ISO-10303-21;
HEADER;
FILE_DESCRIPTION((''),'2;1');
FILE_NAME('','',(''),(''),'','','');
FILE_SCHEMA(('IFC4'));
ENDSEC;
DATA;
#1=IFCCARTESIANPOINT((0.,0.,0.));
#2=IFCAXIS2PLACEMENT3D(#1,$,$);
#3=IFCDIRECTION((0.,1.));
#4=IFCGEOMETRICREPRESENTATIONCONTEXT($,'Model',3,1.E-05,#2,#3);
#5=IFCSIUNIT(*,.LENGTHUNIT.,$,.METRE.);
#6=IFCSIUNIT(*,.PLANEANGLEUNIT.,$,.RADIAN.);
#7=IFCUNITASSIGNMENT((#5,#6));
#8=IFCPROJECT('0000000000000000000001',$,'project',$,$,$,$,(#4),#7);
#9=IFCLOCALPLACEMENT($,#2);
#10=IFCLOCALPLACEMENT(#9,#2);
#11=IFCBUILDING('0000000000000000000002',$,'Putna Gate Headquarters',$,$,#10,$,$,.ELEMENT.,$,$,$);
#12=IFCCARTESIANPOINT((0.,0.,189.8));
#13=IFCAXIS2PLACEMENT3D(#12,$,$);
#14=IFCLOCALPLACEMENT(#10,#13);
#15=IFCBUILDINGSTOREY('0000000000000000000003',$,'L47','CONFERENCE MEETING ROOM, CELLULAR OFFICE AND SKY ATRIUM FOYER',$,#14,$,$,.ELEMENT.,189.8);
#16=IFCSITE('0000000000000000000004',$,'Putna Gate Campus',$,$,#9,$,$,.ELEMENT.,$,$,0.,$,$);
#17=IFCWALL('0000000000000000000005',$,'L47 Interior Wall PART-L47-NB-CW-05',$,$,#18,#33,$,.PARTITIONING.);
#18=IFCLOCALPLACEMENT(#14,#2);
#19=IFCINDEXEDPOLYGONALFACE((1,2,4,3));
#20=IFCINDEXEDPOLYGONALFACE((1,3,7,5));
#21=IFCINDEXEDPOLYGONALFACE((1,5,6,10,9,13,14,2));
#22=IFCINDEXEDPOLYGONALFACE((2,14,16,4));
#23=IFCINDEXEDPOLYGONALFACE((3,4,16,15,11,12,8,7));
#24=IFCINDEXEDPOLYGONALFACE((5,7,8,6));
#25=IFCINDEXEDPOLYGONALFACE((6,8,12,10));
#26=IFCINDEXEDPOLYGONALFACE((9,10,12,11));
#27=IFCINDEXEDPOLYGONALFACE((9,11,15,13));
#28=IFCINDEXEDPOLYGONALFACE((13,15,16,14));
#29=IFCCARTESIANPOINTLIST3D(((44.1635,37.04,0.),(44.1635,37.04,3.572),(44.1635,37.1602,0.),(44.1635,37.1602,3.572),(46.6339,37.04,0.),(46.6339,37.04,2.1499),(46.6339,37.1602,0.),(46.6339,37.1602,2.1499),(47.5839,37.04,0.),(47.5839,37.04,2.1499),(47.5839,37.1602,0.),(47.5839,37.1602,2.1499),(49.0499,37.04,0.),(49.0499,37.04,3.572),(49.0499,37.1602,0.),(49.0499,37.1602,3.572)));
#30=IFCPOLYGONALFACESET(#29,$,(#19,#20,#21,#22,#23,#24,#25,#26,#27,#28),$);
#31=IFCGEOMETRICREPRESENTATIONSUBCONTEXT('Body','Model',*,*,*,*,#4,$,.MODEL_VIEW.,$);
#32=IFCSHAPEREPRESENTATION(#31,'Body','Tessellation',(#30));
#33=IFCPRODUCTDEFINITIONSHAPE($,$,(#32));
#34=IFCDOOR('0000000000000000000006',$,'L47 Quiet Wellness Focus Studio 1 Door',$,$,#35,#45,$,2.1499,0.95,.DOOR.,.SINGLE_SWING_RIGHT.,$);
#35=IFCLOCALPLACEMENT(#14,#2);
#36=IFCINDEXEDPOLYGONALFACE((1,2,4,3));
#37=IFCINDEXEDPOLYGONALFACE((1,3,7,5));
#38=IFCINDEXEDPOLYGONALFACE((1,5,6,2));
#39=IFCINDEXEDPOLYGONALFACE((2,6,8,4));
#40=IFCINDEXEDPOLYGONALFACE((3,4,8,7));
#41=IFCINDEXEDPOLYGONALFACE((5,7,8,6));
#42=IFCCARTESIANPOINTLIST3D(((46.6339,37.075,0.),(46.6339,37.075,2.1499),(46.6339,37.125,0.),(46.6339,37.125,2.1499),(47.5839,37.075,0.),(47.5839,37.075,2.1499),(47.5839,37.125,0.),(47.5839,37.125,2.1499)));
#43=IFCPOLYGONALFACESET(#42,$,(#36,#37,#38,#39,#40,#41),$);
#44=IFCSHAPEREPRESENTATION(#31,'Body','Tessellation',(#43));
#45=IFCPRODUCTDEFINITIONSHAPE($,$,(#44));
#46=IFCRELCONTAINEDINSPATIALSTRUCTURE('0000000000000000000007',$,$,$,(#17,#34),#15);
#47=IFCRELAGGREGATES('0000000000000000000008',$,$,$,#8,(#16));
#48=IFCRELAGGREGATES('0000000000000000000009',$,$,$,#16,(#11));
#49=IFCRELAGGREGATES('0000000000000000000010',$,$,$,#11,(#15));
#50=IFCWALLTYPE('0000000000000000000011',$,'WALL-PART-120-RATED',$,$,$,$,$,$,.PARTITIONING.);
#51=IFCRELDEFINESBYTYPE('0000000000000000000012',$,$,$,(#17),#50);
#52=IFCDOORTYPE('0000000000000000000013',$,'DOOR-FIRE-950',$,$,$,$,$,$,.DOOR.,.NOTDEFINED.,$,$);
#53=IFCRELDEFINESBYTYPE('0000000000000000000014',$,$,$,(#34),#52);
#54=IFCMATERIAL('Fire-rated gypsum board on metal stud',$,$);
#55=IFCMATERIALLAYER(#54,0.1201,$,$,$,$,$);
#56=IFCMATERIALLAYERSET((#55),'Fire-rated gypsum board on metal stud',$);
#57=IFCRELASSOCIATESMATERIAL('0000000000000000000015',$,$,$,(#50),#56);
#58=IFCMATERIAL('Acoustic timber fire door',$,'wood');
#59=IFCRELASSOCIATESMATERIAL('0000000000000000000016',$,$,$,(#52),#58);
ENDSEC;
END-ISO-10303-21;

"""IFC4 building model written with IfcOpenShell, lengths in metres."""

from ifc_helpers import new_model, si_unit, direction, frame, frame_2d, origin, place, context, subcontext, project, spatial, rectangle, extrude, material, layer, layer_set, type_object, element, fill, save


model = new_model("IFC4")

# Units and contexts
model_context = context("Model", 3, precision=1e-05, world=origin(), true_north=direction((0.0, 1.0)))
body_context = subcontext(model_context, "Body", "Model", "MODEL_VIEW")
ifc_project = project(units=[si_unit("LENGTHUNIT", "METRE"), si_unit("PLANEANGLEUNIT", "RADIAN")], contexts=[model_context])

# Site, building, storey
site_placement = place(None, origin())
site = spatial("IfcSite", under=ifc_project, at=site_placement, Name="Putna Gate Campus", CompositionType="ELEMENT", RefElevation=0.0)
building_placement = place(site_placement, origin())
building = spatial("IfcBuilding", under=site, at=building_placement, Name="Putna Gate Headquarters", CompositionType="ELEMENT")
storey_placement = place(building_placement, frame((0.0, 0.0, 189.8)))
storey = spatial("IfcBuildingStorey", under=building, at=storey_placement, Name="L47", Description="CONFERENCE MEETING ROOM, CELLULAR OFFICE AND SKY ATRIUM FOYER", CompositionType="ELEMENT", Elevation=189.8)

# Wall, opening, door
ifc_material_1 = material(Name="Fire-rated gypsum board on metal stud")
ifc_layer_1 = layer(ifc_material_1, 0.1201)
ifc_layer_set_1 = layer_set([ifc_layer_1], Name="Fire-rated gypsum board on metal stud")
wall_type_1 = type_object("IfcWallType", Name="WALL-PART-120-RATED", PredefinedType="PARTITIONING", material=ifc_layer_set_1)
ifc_material_2 = material(Name="Acoustic timber fire door", Category="wood")
door_type = type_object("IfcDoorType", Name="DOOR-FIRE-950", OperationType="NOTDEFINED", PredefinedType="DOOR", material=ifc_material_2)
wall_1_placement = place(storey_placement, frame((44.1633, 37.1001, 0.0), z_axis=(0.0, 0.0, 1.0), x_axis=(1.0, 0.0, 0.0)))
wall_1 = element("IfcWall", 1, at=wall_1_placement, inside=storey, type_object=wall_type_1, Name="L47 Interior Wall PART-L47-NB-CW-05", PredefinedType="PARTITIONING", context=body_context, shape_type="SweptSolid", body=[
    extrude(rectangle(XDim=4.8865, YDim=0.1201, at=frame_2d((2.4434, 0.0))), origin(), (0.0, 0.0, 1.0), 3.572),
])
opening_1_placement = place(wall_1_placement, frame((2.4705, 0.0, 0.0)))
opening_1 = element("IfcOpeningElement", 2, at=opening_1_placement, cuts=wall_1, PredefinedType="OPENING", context=body_context, shape_type="SweptSolid", body=[
    extrude(rectangle(XDim=0.95, YDim=2.1499, at=frame_2d((0.4751, 1.075))), frame((0.0, 0.0701, 0.0), z_axis=(0.0, -1.0, 0.0), x_axis=(1.0, 0.0, 0.0)), (0.0, 0.0, 1.0), 0.1401),
])
door_1_placement = place(opening_1_placement, origin())
door_1 = element("IfcDoor", 3, at=door_1_placement, inside=storey, type_object=door_type, Name="L47 Quiet Wellness Focus Studio 1 Door", OperationType="SINGLE_SWING_RIGHT", OverallHeight=2.1499, OverallWidth=0.95, PredefinedType="DOOR", context=body_context, shape_type="SweptSolid", body=[
    extrude(rectangle(XDim=0.95, YDim=2.1499, at=frame_2d((0.4751, 1.075))), frame((0.0, 0.0249, 0.0), z_axis=(0.0, -1.0, 0.0), x_axis=(1.0, 0.0, 0.0)), (0.0, 0.0, 1.0), 0.05),
])
fill(opening_1, door_1)

save(model, "model.ifc")
